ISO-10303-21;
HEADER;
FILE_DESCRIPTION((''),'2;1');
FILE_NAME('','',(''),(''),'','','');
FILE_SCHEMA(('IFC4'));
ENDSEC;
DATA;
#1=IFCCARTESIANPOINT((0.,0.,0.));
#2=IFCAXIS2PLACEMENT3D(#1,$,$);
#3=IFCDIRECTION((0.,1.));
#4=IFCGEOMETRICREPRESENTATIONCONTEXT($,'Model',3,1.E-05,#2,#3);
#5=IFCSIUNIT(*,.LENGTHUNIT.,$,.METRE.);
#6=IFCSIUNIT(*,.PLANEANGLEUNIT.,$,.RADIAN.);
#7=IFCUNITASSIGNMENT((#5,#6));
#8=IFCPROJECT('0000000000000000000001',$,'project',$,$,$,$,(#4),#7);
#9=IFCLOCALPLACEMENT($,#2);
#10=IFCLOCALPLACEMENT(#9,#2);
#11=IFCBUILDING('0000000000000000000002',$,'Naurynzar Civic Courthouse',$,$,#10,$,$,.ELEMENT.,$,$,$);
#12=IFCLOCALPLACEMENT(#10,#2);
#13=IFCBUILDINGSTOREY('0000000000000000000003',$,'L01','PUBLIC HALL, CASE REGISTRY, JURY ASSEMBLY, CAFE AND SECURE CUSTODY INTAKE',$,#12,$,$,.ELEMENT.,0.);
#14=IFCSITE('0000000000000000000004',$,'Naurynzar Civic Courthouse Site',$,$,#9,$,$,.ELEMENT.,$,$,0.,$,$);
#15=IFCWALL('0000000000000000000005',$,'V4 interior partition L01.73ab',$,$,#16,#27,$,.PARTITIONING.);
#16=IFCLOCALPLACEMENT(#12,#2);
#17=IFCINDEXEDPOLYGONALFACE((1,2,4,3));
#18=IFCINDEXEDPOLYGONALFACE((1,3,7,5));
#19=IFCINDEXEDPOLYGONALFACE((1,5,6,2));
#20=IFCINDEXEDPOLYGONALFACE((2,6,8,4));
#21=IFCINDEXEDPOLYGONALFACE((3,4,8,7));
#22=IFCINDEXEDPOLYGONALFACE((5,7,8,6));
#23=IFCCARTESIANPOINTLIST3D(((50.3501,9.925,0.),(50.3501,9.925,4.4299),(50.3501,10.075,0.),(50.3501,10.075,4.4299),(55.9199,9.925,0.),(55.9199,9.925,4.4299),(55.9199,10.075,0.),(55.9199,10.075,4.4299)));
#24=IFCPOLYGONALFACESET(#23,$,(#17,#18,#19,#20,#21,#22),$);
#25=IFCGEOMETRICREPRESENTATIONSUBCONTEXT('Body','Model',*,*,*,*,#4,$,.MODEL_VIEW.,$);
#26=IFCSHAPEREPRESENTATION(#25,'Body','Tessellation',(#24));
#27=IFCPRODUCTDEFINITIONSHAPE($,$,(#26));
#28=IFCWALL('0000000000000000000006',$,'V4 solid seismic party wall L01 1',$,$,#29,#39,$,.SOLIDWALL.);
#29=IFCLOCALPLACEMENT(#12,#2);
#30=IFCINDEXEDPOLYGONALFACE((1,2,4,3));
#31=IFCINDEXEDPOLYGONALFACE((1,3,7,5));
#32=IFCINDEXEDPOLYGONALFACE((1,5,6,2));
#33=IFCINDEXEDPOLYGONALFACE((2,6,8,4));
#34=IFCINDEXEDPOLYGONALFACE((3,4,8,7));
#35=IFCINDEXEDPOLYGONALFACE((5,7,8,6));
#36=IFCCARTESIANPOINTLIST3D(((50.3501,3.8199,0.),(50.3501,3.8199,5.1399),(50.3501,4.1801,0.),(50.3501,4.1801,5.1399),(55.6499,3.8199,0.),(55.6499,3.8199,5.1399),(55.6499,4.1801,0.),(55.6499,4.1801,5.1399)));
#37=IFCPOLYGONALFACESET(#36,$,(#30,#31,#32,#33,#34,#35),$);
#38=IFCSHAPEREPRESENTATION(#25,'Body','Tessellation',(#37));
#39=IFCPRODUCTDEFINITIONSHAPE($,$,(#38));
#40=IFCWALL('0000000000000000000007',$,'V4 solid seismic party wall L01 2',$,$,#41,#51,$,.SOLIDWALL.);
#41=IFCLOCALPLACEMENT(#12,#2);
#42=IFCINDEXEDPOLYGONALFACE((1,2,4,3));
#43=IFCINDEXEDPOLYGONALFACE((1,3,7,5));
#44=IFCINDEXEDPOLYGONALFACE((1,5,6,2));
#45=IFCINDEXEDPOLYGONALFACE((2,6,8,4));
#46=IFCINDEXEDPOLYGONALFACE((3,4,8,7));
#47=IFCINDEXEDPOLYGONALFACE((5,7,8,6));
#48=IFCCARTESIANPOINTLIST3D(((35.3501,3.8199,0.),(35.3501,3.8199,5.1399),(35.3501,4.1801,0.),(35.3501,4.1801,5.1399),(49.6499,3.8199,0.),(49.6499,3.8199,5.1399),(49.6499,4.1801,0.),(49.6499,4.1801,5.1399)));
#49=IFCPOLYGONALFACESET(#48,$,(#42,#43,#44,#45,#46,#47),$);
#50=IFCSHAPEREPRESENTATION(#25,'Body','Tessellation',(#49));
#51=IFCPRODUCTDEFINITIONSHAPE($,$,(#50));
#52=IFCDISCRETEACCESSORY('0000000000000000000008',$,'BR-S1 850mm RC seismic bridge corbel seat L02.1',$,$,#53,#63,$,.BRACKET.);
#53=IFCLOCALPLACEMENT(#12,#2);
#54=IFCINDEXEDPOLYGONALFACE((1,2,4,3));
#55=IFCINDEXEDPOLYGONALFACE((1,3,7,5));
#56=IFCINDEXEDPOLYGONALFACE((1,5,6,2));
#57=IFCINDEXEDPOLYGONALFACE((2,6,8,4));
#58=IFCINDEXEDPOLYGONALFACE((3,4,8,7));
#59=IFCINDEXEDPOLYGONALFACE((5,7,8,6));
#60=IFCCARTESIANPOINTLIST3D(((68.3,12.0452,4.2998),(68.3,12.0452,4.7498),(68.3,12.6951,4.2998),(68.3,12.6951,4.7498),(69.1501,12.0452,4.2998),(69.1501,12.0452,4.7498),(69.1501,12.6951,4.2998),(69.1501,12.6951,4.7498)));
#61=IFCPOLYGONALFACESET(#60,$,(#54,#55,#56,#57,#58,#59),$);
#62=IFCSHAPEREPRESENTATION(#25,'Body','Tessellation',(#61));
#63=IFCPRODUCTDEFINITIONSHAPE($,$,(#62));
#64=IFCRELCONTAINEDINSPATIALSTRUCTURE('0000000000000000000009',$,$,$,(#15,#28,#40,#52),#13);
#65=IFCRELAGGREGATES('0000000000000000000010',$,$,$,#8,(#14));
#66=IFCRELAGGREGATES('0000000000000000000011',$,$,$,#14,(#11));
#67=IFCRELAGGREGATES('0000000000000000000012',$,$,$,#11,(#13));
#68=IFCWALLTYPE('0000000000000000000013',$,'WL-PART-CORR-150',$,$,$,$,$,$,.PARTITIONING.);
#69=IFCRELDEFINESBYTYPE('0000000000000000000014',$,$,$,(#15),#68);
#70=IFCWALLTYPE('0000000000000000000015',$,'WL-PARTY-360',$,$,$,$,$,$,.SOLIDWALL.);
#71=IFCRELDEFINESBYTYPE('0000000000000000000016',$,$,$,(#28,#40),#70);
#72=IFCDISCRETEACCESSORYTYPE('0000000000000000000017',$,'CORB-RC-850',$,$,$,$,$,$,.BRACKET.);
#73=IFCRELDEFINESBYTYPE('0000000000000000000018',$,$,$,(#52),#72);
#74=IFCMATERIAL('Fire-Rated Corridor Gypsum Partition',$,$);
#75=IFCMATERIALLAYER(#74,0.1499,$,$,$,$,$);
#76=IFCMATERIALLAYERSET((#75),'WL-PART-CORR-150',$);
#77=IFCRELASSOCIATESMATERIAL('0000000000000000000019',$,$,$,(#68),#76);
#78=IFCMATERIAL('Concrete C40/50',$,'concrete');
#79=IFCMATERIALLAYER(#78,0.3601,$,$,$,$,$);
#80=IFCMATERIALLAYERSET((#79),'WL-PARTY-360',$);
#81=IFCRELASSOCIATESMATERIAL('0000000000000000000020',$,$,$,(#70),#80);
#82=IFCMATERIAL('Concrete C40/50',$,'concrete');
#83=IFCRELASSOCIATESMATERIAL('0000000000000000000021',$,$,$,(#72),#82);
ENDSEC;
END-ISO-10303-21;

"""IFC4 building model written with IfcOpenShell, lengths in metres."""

from ifc_helpers import new_model, si_unit, direction, frame, frame_2d, origin, origin_2d, place, context, subcontext, project, spatial, rectangle, extrude, material, layer, layer_set, type_object, element, save


model = new_model("IFC4")

# Units and contexts
model_context = context("Model", 3, precision=1e-05, world=origin(), true_north=direction((0.0, 1.0)))
body_context = subcontext(model_context, "Body", "Model", "MODEL_VIEW")
ifc_project = project(units=[si_unit("LENGTHUNIT", "METRE"), si_unit("PLANEANGLEUNIT", "RADIAN")], contexts=[model_context])

# Site, building, storey
site_placement = place(None, origin())
site = spatial("IfcSite", under=ifc_project, at=site_placement, Name="Naurynzar Civic Courthouse Site", CompositionType="ELEMENT", RefElevation=0.0)
building_placement = place(site_placement, origin())
building = spatial("IfcBuilding", under=site, at=building_placement, Name="Naurynzar Civic Courthouse", CompositionType="ELEMENT")
storey_placement = place(building_placement, origin())
storey = spatial("IfcBuildingStorey", under=building, at=storey_placement, Name="L01", Description="PUBLIC HALL, CASE REGISTRY, JURY ASSEMBLY, CAFE AND SECURE CUSTODY INTAKE", CompositionType="ELEMENT", Elevation=0.0)

# Walls
ifc_material_1 = material(Name="Fire-Rated Corridor Gypsum Partition")
ifc_layer_1 = layer(ifc_material_1, 0.1499)
ifc_layer_set_1 = layer_set([ifc_layer_1], Name="WL-PART-CORR-150")
wall_type_1 = type_object("IfcWallType", Name="WL-PART-CORR-150", PredefinedType="PARTITIONING", material=ifc_layer_set_1)
wall_1_placement = place(storey_placement, frame((50.3501, 10.0, 0.0), z_axis=(0.0, 0.0, 1.0), x_axis=(1.0, 0.0, 0.0)))
element("IfcWall", 1, at=wall_1_placement, inside=storey, type_object=wall_type_1, Name="V4 interior partition L01.73ab", PredefinedType="PARTITIONING", context=body_context, shape_type="SweptSolid", body=[
    extrude(rectangle(XDim=5.5698, YDim=0.1499, at=frame_2d((2.7849, 0.0))), origin(), (0.0, 0.0, 1.0), 4.4299),
])
ifc_material_2 = material(Name="Concrete C40/50", Category="concrete")
ifc_layer_2 = layer(ifc_material_2, 0.3601)
ifc_layer_set_2 = layer_set([ifc_layer_2], Name="WL-PARTY-360")
wall_type_2 = type_object("IfcWallType", Name="WL-PARTY-360", PredefinedType="SOLIDWALL", material=ifc_layer_set_2)
wall_2_placement = place(storey_placement, frame((55.6499, 4.0, 0.0), z_axis=(0.0, 0.0, 1.0), x_axis=(-1.0, 0.0, 0.0)))
element("IfcWall", 2, at=wall_2_placement, inside=storey, type_object=wall_type_2, Name="V4 solid seismic party wall L01 1", PredefinedType="SOLIDWALL", context=body_context, shape_type="SweptSolid", body=[
    extrude(rectangle(XDim=5.2998, YDim=0.3601, at=frame_2d((2.6499, 0.0))), origin(), (0.0, 0.0, 1.0), 5.1399),
])
wall_3_placement = place(storey_placement, frame((49.6499, 4.0, 0.0), z_axis=(0.0, 0.0, 1.0), x_axis=(-1.0, 0.0, 0.0)))
element("IfcWall", 3, at=wall_3_placement, inside=storey, type_object=wall_type_2, Name="V4 solid seismic party wall L01 2", PredefinedType="SOLIDWALL", context=body_context, shape_type="SweptSolid", body=[
    extrude(rectangle(XDim=14.2998, YDim=0.3601, at=frame_2d((7.1499, 0.0))), origin(), (0.0, 0.0, 1.0), 5.1399),
])

# Discrete accessory
ifc_material_3 = material(Name="Concrete C40/50", Category="concrete")
discrete_accessory_type = type_object("IfcDiscreteAccessoryType", Name="CORB-RC-850", PredefinedType="BRACKET", material=ifc_material_3)
discrete_accessory_placement = place(storey_placement, frame((68.7251, 12.3701, 4.2998), z_axis=(0.0, 0.0, 1.0), x_axis=(1.0, 0.0, 0.0)))
element("IfcDiscreteAccessory", 4, at=discrete_accessory_placement, inside=storey, type_object=discrete_accessory_type, Name="BR-S1 850mm RC seismic bridge corbel seat L02.1", PredefinedType="BRACKET", context=body_context, shape_type="SweptSolid", body=[
    extrude(rectangle(XDim=0.8501, YDim=0.6499, at=origin_2d()), origin(), (0.0, 0.0, 1.0), 0.45),
])

save(model, "model.ifc")
